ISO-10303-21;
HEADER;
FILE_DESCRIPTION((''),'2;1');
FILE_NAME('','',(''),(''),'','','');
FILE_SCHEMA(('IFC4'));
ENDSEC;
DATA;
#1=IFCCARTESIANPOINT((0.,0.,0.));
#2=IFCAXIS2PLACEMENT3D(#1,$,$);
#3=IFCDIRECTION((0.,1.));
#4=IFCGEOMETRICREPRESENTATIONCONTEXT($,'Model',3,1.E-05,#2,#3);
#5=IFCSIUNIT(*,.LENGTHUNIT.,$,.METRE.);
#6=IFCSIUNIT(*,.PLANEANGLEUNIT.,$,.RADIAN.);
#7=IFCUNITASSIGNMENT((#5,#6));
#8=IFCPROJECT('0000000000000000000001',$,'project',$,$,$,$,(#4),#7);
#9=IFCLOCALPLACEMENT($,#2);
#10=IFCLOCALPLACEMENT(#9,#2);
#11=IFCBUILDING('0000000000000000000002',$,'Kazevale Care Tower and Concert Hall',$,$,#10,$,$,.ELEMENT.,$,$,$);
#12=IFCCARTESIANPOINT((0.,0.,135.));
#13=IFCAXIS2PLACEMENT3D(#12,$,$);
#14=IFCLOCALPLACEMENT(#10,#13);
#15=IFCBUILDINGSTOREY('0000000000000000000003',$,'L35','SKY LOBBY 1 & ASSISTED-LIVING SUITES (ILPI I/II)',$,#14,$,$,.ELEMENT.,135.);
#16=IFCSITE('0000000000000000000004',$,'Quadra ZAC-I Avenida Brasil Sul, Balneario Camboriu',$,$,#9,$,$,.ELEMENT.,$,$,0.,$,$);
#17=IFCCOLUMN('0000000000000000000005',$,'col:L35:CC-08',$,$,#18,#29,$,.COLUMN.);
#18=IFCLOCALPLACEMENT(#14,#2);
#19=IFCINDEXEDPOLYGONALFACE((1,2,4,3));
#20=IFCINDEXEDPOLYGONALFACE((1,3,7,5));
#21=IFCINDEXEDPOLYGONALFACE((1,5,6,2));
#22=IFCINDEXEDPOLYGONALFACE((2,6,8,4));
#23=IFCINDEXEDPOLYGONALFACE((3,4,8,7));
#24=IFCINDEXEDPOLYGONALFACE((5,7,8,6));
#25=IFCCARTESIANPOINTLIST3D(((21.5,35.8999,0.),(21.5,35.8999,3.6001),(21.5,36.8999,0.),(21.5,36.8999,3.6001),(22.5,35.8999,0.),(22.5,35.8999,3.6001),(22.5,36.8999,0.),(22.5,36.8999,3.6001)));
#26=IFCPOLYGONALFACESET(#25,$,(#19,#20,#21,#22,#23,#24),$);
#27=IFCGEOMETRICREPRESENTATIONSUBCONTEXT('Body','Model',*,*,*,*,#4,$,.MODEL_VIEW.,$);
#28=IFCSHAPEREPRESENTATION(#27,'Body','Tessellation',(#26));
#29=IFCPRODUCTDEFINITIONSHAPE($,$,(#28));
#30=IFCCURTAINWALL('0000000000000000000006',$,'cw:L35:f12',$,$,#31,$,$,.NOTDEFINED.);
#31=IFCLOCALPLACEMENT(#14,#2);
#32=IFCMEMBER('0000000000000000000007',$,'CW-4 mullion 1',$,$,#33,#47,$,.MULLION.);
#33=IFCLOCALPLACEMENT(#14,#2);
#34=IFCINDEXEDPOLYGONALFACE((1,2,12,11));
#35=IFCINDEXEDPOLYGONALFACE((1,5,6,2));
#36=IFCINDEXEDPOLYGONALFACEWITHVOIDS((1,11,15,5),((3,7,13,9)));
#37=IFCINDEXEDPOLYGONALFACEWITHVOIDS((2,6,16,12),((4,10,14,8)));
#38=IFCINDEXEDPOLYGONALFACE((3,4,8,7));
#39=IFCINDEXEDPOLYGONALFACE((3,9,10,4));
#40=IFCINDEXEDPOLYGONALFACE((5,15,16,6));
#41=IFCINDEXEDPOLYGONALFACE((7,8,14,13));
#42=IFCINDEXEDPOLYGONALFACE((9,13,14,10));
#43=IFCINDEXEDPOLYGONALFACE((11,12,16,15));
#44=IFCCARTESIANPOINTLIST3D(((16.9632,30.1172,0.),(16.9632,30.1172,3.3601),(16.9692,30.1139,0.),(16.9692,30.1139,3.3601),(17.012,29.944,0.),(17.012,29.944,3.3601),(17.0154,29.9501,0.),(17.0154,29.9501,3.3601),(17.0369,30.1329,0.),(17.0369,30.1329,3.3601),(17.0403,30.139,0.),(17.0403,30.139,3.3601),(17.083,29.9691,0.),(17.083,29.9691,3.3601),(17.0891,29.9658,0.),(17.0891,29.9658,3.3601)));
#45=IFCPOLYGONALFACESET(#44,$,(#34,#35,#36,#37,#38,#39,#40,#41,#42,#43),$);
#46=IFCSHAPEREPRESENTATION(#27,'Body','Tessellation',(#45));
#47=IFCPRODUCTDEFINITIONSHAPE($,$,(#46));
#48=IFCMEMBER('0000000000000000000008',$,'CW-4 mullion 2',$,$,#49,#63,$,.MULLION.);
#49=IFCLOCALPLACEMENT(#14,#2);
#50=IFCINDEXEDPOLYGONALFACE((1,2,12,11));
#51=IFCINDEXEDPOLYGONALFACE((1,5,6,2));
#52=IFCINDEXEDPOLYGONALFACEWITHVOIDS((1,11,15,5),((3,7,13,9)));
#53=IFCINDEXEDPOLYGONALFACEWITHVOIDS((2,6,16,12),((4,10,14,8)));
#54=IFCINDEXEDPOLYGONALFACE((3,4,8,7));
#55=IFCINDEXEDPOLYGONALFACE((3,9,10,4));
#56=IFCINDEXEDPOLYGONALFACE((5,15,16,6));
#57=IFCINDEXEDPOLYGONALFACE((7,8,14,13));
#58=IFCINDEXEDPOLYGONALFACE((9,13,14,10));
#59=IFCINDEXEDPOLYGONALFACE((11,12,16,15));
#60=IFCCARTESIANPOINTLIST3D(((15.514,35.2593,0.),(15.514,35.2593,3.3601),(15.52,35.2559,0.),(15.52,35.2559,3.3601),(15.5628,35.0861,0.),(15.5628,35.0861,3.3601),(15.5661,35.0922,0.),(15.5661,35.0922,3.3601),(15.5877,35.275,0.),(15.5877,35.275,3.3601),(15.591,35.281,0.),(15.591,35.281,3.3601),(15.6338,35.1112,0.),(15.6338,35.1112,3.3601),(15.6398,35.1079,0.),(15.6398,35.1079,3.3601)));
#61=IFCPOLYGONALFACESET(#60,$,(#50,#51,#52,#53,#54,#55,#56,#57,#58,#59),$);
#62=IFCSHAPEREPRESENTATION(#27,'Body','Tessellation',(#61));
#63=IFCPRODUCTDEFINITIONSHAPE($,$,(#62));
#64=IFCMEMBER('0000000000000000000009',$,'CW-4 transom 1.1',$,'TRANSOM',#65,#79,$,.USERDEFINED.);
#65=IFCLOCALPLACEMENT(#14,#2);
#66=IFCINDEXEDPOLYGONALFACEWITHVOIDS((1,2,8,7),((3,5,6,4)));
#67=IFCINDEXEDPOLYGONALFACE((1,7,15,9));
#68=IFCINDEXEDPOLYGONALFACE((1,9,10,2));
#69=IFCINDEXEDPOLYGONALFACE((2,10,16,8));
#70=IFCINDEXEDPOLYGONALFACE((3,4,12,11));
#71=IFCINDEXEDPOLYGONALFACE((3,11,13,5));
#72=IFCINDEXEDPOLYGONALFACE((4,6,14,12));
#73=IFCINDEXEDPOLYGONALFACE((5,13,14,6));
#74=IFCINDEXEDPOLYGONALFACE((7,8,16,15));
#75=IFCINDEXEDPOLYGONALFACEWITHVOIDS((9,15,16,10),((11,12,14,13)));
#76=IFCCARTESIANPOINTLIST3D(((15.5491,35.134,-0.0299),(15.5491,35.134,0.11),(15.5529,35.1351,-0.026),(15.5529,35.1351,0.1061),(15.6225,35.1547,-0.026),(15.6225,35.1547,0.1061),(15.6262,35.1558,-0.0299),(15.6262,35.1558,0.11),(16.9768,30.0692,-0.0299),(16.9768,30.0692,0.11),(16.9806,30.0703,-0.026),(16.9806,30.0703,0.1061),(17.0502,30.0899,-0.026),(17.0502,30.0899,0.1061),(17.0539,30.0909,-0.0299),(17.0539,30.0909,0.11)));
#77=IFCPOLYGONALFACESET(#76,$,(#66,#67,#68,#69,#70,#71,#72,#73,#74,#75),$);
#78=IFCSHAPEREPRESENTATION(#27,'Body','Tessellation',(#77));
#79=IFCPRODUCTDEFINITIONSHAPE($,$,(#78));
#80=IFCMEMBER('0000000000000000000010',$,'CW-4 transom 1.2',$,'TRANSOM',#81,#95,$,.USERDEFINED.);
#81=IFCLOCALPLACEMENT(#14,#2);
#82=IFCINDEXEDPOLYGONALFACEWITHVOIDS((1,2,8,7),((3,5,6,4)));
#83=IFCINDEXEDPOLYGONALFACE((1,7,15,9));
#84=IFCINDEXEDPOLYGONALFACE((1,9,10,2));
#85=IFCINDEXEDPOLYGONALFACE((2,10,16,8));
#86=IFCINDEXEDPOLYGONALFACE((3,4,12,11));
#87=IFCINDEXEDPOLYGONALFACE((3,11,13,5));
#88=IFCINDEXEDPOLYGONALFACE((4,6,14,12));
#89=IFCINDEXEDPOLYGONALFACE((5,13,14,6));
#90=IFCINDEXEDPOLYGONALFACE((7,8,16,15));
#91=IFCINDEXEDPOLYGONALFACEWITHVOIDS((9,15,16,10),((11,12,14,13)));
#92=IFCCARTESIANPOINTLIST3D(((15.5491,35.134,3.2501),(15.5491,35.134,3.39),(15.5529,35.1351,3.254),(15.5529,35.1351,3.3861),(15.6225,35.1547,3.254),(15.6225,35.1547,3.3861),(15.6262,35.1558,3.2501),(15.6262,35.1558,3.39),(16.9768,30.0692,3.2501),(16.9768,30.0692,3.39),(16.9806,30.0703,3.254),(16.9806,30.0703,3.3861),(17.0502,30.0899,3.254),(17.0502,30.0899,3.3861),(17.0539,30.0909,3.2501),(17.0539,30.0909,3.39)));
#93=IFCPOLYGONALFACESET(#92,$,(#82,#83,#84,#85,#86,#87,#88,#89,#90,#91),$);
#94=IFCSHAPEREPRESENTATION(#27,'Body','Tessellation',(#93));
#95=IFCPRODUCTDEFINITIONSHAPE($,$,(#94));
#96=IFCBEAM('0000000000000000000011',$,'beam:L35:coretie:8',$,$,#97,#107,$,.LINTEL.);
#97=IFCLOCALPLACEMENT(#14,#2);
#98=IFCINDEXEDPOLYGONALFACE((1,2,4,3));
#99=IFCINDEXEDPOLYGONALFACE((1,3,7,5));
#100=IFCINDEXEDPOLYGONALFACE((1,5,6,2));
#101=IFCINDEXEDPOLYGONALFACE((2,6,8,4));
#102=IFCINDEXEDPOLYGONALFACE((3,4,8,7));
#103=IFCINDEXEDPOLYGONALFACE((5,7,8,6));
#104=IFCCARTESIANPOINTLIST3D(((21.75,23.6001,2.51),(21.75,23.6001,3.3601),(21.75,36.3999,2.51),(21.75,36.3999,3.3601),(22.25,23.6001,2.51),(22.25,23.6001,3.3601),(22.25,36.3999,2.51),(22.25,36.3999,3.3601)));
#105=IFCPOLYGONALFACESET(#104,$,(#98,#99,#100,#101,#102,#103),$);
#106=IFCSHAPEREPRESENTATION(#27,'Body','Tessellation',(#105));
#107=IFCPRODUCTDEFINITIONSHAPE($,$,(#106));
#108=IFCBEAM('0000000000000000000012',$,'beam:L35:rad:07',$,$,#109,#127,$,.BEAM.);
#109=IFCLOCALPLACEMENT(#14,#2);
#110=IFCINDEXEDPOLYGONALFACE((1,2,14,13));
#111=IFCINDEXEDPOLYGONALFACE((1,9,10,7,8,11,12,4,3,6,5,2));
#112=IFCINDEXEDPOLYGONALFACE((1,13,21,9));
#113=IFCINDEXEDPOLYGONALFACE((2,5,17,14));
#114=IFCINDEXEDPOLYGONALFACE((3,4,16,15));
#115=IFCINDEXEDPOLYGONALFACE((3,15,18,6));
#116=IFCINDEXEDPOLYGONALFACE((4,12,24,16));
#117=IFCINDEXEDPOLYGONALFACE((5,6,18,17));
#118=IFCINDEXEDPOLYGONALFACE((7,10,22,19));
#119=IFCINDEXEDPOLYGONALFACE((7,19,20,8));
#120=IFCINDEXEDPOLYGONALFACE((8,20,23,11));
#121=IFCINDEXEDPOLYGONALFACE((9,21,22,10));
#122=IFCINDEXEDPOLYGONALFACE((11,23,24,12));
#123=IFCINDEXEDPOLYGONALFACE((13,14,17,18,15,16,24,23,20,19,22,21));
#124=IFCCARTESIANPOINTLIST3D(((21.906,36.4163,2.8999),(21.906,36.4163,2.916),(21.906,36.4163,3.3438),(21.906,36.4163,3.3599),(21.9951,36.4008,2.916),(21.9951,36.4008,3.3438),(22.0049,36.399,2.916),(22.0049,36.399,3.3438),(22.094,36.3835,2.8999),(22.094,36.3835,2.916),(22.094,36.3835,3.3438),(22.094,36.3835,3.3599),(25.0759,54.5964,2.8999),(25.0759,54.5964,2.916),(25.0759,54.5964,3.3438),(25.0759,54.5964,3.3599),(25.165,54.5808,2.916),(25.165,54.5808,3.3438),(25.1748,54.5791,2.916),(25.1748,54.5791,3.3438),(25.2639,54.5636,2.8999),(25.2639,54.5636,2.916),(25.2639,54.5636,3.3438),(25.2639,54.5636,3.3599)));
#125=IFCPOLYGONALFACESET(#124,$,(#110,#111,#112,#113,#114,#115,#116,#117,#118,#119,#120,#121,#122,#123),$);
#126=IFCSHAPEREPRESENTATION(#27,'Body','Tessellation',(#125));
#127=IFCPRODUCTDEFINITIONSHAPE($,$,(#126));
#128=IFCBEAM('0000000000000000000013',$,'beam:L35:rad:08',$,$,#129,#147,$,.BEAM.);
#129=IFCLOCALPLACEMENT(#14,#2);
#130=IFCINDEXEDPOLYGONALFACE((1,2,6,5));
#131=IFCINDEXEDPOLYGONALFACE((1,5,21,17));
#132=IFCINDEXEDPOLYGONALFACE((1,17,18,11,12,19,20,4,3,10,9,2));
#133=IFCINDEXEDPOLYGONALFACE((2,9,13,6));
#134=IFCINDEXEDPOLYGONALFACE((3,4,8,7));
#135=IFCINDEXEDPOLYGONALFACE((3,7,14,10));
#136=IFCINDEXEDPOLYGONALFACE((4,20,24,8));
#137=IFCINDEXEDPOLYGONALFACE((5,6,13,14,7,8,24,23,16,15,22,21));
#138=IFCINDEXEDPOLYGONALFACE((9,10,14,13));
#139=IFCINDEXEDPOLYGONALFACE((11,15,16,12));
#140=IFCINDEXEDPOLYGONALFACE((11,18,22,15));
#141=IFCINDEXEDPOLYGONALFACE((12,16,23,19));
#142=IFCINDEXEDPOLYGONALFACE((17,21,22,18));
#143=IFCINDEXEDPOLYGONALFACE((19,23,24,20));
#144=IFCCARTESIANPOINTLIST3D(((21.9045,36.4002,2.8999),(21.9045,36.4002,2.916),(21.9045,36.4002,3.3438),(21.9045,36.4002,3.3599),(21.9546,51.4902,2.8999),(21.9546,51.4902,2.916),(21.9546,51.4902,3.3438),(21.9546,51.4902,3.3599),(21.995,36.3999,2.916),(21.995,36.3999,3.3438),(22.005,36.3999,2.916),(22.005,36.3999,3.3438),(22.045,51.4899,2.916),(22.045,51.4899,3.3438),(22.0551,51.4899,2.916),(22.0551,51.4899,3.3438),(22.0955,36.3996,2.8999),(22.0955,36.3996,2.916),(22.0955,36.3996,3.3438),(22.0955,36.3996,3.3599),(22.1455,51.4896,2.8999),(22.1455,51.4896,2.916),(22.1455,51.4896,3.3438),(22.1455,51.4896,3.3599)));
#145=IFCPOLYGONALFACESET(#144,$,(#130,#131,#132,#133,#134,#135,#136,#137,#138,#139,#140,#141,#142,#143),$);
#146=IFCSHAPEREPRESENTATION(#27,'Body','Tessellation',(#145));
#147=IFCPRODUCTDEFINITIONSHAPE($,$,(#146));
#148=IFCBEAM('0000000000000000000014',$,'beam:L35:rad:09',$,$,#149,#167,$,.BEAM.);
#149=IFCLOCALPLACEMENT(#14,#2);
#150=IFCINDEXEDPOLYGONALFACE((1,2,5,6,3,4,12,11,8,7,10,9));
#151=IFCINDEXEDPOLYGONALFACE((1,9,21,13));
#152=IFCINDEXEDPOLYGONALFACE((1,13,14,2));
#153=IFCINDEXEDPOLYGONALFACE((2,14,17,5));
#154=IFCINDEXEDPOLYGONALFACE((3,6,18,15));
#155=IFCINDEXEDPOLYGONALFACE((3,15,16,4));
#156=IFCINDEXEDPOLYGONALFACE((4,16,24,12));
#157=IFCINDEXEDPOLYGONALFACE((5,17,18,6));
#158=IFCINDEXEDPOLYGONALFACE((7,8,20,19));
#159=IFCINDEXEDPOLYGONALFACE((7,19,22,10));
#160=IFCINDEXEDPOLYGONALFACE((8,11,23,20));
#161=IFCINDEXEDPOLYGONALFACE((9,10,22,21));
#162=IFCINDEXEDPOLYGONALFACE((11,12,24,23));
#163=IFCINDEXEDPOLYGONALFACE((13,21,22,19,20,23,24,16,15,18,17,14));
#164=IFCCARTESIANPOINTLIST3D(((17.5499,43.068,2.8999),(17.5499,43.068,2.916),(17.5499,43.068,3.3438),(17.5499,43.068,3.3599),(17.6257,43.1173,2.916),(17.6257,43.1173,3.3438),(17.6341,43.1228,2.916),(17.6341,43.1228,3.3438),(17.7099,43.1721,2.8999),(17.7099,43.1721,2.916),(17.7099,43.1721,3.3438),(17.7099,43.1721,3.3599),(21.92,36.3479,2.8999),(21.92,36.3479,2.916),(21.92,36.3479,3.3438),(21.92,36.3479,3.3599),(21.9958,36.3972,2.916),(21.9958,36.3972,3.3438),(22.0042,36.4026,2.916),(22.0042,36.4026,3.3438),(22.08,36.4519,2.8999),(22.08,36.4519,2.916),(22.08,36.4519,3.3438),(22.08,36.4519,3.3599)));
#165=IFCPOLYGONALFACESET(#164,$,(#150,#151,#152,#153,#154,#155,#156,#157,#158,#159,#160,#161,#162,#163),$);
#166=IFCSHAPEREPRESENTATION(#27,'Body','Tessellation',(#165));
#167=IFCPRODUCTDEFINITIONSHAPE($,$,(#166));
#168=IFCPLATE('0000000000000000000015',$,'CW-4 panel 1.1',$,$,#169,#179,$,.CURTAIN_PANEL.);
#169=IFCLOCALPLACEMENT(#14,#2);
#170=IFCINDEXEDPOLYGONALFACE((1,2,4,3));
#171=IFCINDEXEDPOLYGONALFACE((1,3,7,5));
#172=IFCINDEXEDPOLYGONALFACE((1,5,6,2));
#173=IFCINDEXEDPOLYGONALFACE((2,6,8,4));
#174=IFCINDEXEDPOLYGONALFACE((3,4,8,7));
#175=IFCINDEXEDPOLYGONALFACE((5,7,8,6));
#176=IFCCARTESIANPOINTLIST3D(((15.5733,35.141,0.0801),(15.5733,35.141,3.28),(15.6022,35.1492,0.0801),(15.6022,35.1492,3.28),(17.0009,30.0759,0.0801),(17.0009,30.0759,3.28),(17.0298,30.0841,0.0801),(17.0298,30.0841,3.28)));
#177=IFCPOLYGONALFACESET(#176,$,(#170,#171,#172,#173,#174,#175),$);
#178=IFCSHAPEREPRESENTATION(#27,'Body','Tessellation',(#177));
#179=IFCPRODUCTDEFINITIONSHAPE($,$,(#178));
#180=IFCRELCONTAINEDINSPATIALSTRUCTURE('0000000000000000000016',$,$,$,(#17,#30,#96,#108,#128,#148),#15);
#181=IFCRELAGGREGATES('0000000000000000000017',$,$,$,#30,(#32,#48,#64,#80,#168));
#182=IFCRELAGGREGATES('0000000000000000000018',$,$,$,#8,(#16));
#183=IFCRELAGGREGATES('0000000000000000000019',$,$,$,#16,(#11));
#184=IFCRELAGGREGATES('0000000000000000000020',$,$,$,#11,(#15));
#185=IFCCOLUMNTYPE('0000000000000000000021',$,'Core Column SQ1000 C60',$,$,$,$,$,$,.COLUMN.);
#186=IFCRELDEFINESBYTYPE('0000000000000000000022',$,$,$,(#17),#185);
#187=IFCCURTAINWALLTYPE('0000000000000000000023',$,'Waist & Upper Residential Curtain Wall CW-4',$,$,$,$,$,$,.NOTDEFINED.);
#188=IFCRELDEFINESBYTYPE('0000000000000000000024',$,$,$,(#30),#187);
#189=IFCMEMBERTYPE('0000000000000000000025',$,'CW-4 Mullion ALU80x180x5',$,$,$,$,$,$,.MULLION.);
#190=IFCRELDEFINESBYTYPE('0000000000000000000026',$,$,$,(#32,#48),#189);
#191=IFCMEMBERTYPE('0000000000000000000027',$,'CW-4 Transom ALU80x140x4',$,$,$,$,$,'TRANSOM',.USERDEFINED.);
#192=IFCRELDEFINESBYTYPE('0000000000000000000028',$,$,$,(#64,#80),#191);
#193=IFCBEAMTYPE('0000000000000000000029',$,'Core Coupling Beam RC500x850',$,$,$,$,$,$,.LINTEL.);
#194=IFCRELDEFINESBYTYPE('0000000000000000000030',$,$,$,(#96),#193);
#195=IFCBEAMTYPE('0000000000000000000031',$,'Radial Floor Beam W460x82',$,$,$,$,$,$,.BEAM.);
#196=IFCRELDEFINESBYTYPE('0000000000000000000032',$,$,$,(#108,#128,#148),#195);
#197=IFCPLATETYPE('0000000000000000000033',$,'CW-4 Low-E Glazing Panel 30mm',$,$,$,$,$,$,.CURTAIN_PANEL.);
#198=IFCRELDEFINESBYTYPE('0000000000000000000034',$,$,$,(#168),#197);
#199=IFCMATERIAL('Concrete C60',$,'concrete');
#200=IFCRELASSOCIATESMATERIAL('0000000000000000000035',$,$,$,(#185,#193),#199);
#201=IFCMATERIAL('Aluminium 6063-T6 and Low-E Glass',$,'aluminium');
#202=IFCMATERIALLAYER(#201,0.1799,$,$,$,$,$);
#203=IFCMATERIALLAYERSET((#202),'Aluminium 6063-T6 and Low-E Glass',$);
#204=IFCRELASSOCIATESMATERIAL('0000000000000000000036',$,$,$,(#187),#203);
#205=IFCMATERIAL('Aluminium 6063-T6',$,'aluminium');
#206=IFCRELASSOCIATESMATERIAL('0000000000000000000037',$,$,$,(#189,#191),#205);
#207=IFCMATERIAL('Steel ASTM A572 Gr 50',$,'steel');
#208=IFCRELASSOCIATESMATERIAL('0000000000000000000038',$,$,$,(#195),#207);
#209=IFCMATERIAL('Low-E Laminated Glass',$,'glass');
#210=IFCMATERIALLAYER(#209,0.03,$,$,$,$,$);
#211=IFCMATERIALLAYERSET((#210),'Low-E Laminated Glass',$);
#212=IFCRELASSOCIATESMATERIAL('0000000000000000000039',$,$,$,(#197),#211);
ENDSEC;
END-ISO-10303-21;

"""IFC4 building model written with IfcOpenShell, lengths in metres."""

from ifc_helpers import new_model, si_unit, direction, frame, origin, origin_2d, place, context, subcontext, project, spatial, rectangle, hollow_rectangle, i_section, extrude, material, layer, layer_set, material_profile, profile_set, type_object, element, aggregate, save


model = new_model("IFC4")

# Units and contexts
model_context = context("Model", 3, precision=1e-05, world=origin(), true_north=direction((0.0, 1.0)))
body_context = subcontext(model_context, "Body", "Model", "MODEL_VIEW")
ifc_project = project(units=[si_unit("LENGTHUNIT", "METRE"), si_unit("PLANEANGLEUNIT", "RADIAN")], contexts=[model_context])

# Site, building, storey
site_placement = place(None, origin())
site = spatial("IfcSite", under=ifc_project, at=site_placement, Name="Quadra ZAC-I Avenida Brasil Sul, Balneario Camboriu", CompositionType="ELEMENT", RefElevation=0.0)
building_placement = place(site_placement, origin())
building = spatial("IfcBuilding", under=site, at=building_placement, Name="Kazevale Care Tower and Concert Hall", CompositionType="ELEMENT")
storey_placement = place(building_placement, frame((0.0, 0.0, 135.0)))
storey = spatial("IfcBuildingStorey", under=building, at=storey_placement, Name="L35", Description="SKY LOBBY 1 & ASSISTED-LIVING SUITES (ILPI I/II)", CompositionType="ELEMENT", Elevation=135.0)

# Column
ifc_material_1 = material(Name="Concrete C60", Category="concrete")
ifc_material_profile_1 = material_profile(ifc_material_1, rectangle(XDim=1.0, YDim=1.0, at=origin_2d()), Name="RC-SQ1000")
ifc_profile_set_1 = profile_set([ifc_material_profile_1], Name="Concrete C60")
column_type = type_object("IfcColumnType", Name="Core Column SQ1000 C60", PredefinedType="COLUMN", material=ifc_profile_set_1)
column_placement = place(storey_placement, frame((22.0, 36.3999, 0.0), z_axis=(0.0, 0.0, 1.0), x_axis=(1.0, 0.0, 0.0)))
element("IfcColumn", 1, at=column_placement, inside=storey, type_object=column_type, Name="col:L35:CC-08", PredefinedType="COLUMN", context=body_context, shape_type="SweptSolid", body=[
    extrude(rectangle(XDim=1.0, YDim=1.0, at=origin_2d()), origin(), (0.0, 0.0, 1.0), 3.6001),
])

# Curtain wall, members
ifc_material_2 = material(Name="Aluminium 6063-T6 and Low-E Glass", Category="aluminium")
ifc_layer_1 = layer(ifc_material_2, 0.1799)
ifc_layer_set_1 = layer_set([ifc_layer_1], Name="Aluminium 6063-T6 and Low-E Glass")
curtain_wall_type = type_object("IfcCurtainWallType", Name="Waist & Upper Residential Curtain Wall CW-4", PredefinedType="NOTDEFINED", material=ifc_layer_set_1)
curtain_wall_placement = place(storey_placement, origin())
curtain_wall = element("IfcCurtainWall", 2, at=curtain_wall_placement, inside=storey, type_object=curtain_wall_type, Name="cw:L35:f12", PredefinedType="NOTDEFINED")
ifc_material_3 = material(Name="Aluminium 6063-T6", Category="aluminium")
ifc_material_profile_2 = material_profile(ifc_material_3, hollow_rectangle(XDim=0.0801, YDim=0.1799, WallThickness=0.0049, at=origin_2d()), Name="ALU80x180x5")
ifc_profile_set_2 = profile_set([ifc_material_profile_2], Name="Aluminium 6063-T6")
member_type_1 = type_object("IfcMemberType", Name="CW-4 Mullion ALU80x180x5", PredefinedType="MULLION", material=ifc_profile_set_2)
member_1_placement = place(storey_placement, frame((17.0261, 30.0415, 0.0), z_axis=(0.0, 0.0, 1.0), x_axis=(-0.962499, -0.271285, 0.0)))
member_1 = element("IfcMember", 3, at=member_1_placement, type_object=member_type_1, Name="CW-4 mullion 1", PredefinedType="MULLION", context=body_context, shape_type="SweptSolid", body=[
    extrude(hollow_rectangle(XDim=0.0801, YDim=0.1799, WallThickness=0.0049, at=origin_2d()), origin(), (0.0, 0.0, 1.0), 3.3601),
])
member_2_placement = place(storey_placement, frame((15.5769, 35.1836, 0.0), z_axis=(0.0, 0.0, 1.0), x_axis=(-0.962499, -0.271285, 0.0)))
member_2 = element("IfcMember", 4, at=member_2_placement, type_object=member_type_1, Name="CW-4 mullion 2", PredefinedType="MULLION", context=body_context, shape_type="SweptSolid", body=[
    extrude(hollow_rectangle(XDim=0.0801, YDim=0.1799, WallThickness=0.0049, at=origin_2d()), origin(), (0.0, 0.0, 1.0), 3.3601),
])
ifc_material_profile_3 = material_profile(ifc_material_3, hollow_rectangle(XDim=0.0801, YDim=0.1399, WallThickness=0.0039, at=origin_2d()), Name="ALU80x140x4")
ifc_profile_set_3 = profile_set([ifc_material_profile_3], Name="Aluminium 6063-T6")
member_type_2 = type_object("IfcMemberType", Name="CW-4 Transom ALU80x140x4", ElementType="TRANSOM", PredefinedType="USERDEFINED", material=ifc_profile_set_3)
member_3_placement = place(storey_placement, frame((17.0154, 30.0801, 0.04), z_axis=(-0.271313, 0.962491, 0.0), x_axis=(-0.962491, -0.271313, 0.0)))
member_3 = element("IfcMember", 5, at=member_3_placement, type_object=member_type_2, Name="CW-4 transom 1.1", ObjectType="TRANSOM", PredefinedType="USERDEFINED", context=body_context, shape_type="SweptSolid", body=[
    extrude(hollow_rectangle(XDim=0.0801, YDim=0.1399, WallThickness=0.0039, at=origin_2d()), origin(), (0.0, 0.0, 1.0), 5.2622),
])
member_4_placement = place(storey_placement, frame((17.0154, 30.0801, 3.3201), z_axis=(-0.271313, 0.962491, 0.0), x_axis=(-0.962491, -0.271313, 0.0)))
member_4 = element("IfcMember", 6, at=member_4_placement, type_object=member_type_2, Name="CW-4 transom 1.2", ObjectType="TRANSOM", PredefinedType="USERDEFINED", context=body_context, shape_type="SweptSolid", body=[
    extrude(hollow_rectangle(XDim=0.0801, YDim=0.1399, WallThickness=0.0039, at=origin_2d()), origin(), (0.0, 0.0, 1.0), 5.2622),
])

# Beams
ifc_material_profile_4 = material_profile(ifc_material_1, rectangle(XDim=0.5, YDim=0.8501, at=origin_2d()), Name="RC-B500x850")
ifc_profile_set_4 = profile_set([ifc_material_profile_4], Name="Concrete C60")
beam_type_1 = type_object("IfcBeamType", Name="Core Coupling Beam RC500x850", PredefinedType="LINTEL", material=ifc_profile_set_4)
beam_1_placement = place(storey_placement, frame((22.0, 36.3999, 2.9351), z_axis=(0.0, -1.0, 0.0), x_axis=(1.0, 0.0, 0.0)))
element("IfcBeam", 7, at=beam_1_placement, inside=storey, type_object=beam_type_1, Name="beam:L35:coretie:8", PredefinedType="LINTEL", context=body_context, shape_type="SweptSolid", body=[
    extrude(rectangle(XDim=0.5, YDim=0.8501, at=origin_2d()), origin(), (0.0, 0.0, 1.0), 12.7998),
])
ifc_material_4 = material(Name="Steel ASTM A572 Gr 50", Category="steel")
ifc_material_profile_5 = material_profile(ifc_material_4, i_section(OverallWidth=0.1909, OverallDepth=0.46, WebThickness=0.01, FlangeThickness=0.0161, at=origin_2d()), Name="W460x82")
ifc_profile_set_5 = profile_set([ifc_material_profile_5], Name="Steel ASTM A572 Gr 50")
beam_type_2 = type_object("IfcBeamType", Name="Radial Floor Beam W460x82", PredefinedType="BEAM", material=ifc_profile_set_5)
beam_2_placement = place(storey_placement, frame((22.0, 36.3999, 3.1299), z_axis=(0.17177, 0.985137, 0.0), x_axis=(-0.985137, 0.17177, 0.0)))
element("IfcBeam", 8, at=beam_2_placement, inside=storey, type_object=beam_type_2, Name="beam:L35:rad:07", PredefinedType="BEAM", context=body_context, shape_type="SweptSolid", body=[
    extrude(i_section(OverallWidth=0.1909, OverallDepth=0.46, WebThickness=0.01, FlangeThickness=0.0161, at=origin_2d()), origin(), (0.0, 0.0, 1.0), 18.4543),
])
beam_3_placement = place(storey_placement, frame((22.0, 36.3999, 3.1299), z_axis=(0.003317, 0.999994, 0.0), x_axis=(-0.999994, 0.003317, 0.0)))
element("IfcBeam", 9, at=beam_3_placement, inside=storey, type_object=beam_type_2, Name="beam:L35:rad:08", PredefinedType="BEAM", context=body_context, shape_type="SweptSolid", body=[
    extrude(i_section(OverallWidth=0.1909, OverallDepth=0.46, WebThickness=0.01, FlangeThickness=0.0161, at=origin_2d()), origin(), (0.0, 0.0, 1.0), 15.0901),
])
beam_4_placement = place(storey_placement, frame((22.0, 36.3999, 3.1299), z_axis=(-0.545162, 0.838331, 0.0), x_axis=(-0.838331, -0.545162, 0.0)))
element("IfcBeam", 10, at=beam_4_placement, inside=storey, type_object=beam_type_2, Name="beam:L35:rad:09", PredefinedType="BEAM", context=body_context, shape_type="SweptSolid", body=[
    extrude(i_section(OverallWidth=0.1909, OverallDepth=0.46, WebThickness=0.01, FlangeThickness=0.0161, at=origin_2d()), origin(), (0.0, 0.0, 1.0), 8.0161),
])

# Plate
ifc_material_5 = material(Name="Low-E Laminated Glass", Category="glass")
ifc_layer_2 = layer(ifc_material_5, 0.03)
ifc_layer_set_2 = layer_set([ifc_layer_2], Name="Low-E Laminated Glass")
plate_type = type_object("IfcPlateType", Name="CW-4 Low-E Glazing Panel 30mm", PredefinedType="CURTAIN_PANEL", material=ifc_layer_set_2)
plate_placement = place(storey_placement, frame((16.3015, 32.6125, 0.0801), z_axis=(0.0, 0.0, 1.0), x_axis=(-0.271285, 0.962499, 0.0)))
plate = element("IfcPlate", 11, at=plate_placement, type_object=plate_type, Name="CW-4 panel 1.1", PredefinedType="CURTAIN_PANEL", context=body_context, shape_type="SweptSolid", body=[
    extrude(rectangle(XDim=5.2625, YDim=0.03, at=origin_2d()), origin(), (0.0, 0.0, 1.0), 3.2),
])
aggregate(curtain_wall, [member_1, member_2, member_3, member_4, plate])

save(model, "model.ifc")
